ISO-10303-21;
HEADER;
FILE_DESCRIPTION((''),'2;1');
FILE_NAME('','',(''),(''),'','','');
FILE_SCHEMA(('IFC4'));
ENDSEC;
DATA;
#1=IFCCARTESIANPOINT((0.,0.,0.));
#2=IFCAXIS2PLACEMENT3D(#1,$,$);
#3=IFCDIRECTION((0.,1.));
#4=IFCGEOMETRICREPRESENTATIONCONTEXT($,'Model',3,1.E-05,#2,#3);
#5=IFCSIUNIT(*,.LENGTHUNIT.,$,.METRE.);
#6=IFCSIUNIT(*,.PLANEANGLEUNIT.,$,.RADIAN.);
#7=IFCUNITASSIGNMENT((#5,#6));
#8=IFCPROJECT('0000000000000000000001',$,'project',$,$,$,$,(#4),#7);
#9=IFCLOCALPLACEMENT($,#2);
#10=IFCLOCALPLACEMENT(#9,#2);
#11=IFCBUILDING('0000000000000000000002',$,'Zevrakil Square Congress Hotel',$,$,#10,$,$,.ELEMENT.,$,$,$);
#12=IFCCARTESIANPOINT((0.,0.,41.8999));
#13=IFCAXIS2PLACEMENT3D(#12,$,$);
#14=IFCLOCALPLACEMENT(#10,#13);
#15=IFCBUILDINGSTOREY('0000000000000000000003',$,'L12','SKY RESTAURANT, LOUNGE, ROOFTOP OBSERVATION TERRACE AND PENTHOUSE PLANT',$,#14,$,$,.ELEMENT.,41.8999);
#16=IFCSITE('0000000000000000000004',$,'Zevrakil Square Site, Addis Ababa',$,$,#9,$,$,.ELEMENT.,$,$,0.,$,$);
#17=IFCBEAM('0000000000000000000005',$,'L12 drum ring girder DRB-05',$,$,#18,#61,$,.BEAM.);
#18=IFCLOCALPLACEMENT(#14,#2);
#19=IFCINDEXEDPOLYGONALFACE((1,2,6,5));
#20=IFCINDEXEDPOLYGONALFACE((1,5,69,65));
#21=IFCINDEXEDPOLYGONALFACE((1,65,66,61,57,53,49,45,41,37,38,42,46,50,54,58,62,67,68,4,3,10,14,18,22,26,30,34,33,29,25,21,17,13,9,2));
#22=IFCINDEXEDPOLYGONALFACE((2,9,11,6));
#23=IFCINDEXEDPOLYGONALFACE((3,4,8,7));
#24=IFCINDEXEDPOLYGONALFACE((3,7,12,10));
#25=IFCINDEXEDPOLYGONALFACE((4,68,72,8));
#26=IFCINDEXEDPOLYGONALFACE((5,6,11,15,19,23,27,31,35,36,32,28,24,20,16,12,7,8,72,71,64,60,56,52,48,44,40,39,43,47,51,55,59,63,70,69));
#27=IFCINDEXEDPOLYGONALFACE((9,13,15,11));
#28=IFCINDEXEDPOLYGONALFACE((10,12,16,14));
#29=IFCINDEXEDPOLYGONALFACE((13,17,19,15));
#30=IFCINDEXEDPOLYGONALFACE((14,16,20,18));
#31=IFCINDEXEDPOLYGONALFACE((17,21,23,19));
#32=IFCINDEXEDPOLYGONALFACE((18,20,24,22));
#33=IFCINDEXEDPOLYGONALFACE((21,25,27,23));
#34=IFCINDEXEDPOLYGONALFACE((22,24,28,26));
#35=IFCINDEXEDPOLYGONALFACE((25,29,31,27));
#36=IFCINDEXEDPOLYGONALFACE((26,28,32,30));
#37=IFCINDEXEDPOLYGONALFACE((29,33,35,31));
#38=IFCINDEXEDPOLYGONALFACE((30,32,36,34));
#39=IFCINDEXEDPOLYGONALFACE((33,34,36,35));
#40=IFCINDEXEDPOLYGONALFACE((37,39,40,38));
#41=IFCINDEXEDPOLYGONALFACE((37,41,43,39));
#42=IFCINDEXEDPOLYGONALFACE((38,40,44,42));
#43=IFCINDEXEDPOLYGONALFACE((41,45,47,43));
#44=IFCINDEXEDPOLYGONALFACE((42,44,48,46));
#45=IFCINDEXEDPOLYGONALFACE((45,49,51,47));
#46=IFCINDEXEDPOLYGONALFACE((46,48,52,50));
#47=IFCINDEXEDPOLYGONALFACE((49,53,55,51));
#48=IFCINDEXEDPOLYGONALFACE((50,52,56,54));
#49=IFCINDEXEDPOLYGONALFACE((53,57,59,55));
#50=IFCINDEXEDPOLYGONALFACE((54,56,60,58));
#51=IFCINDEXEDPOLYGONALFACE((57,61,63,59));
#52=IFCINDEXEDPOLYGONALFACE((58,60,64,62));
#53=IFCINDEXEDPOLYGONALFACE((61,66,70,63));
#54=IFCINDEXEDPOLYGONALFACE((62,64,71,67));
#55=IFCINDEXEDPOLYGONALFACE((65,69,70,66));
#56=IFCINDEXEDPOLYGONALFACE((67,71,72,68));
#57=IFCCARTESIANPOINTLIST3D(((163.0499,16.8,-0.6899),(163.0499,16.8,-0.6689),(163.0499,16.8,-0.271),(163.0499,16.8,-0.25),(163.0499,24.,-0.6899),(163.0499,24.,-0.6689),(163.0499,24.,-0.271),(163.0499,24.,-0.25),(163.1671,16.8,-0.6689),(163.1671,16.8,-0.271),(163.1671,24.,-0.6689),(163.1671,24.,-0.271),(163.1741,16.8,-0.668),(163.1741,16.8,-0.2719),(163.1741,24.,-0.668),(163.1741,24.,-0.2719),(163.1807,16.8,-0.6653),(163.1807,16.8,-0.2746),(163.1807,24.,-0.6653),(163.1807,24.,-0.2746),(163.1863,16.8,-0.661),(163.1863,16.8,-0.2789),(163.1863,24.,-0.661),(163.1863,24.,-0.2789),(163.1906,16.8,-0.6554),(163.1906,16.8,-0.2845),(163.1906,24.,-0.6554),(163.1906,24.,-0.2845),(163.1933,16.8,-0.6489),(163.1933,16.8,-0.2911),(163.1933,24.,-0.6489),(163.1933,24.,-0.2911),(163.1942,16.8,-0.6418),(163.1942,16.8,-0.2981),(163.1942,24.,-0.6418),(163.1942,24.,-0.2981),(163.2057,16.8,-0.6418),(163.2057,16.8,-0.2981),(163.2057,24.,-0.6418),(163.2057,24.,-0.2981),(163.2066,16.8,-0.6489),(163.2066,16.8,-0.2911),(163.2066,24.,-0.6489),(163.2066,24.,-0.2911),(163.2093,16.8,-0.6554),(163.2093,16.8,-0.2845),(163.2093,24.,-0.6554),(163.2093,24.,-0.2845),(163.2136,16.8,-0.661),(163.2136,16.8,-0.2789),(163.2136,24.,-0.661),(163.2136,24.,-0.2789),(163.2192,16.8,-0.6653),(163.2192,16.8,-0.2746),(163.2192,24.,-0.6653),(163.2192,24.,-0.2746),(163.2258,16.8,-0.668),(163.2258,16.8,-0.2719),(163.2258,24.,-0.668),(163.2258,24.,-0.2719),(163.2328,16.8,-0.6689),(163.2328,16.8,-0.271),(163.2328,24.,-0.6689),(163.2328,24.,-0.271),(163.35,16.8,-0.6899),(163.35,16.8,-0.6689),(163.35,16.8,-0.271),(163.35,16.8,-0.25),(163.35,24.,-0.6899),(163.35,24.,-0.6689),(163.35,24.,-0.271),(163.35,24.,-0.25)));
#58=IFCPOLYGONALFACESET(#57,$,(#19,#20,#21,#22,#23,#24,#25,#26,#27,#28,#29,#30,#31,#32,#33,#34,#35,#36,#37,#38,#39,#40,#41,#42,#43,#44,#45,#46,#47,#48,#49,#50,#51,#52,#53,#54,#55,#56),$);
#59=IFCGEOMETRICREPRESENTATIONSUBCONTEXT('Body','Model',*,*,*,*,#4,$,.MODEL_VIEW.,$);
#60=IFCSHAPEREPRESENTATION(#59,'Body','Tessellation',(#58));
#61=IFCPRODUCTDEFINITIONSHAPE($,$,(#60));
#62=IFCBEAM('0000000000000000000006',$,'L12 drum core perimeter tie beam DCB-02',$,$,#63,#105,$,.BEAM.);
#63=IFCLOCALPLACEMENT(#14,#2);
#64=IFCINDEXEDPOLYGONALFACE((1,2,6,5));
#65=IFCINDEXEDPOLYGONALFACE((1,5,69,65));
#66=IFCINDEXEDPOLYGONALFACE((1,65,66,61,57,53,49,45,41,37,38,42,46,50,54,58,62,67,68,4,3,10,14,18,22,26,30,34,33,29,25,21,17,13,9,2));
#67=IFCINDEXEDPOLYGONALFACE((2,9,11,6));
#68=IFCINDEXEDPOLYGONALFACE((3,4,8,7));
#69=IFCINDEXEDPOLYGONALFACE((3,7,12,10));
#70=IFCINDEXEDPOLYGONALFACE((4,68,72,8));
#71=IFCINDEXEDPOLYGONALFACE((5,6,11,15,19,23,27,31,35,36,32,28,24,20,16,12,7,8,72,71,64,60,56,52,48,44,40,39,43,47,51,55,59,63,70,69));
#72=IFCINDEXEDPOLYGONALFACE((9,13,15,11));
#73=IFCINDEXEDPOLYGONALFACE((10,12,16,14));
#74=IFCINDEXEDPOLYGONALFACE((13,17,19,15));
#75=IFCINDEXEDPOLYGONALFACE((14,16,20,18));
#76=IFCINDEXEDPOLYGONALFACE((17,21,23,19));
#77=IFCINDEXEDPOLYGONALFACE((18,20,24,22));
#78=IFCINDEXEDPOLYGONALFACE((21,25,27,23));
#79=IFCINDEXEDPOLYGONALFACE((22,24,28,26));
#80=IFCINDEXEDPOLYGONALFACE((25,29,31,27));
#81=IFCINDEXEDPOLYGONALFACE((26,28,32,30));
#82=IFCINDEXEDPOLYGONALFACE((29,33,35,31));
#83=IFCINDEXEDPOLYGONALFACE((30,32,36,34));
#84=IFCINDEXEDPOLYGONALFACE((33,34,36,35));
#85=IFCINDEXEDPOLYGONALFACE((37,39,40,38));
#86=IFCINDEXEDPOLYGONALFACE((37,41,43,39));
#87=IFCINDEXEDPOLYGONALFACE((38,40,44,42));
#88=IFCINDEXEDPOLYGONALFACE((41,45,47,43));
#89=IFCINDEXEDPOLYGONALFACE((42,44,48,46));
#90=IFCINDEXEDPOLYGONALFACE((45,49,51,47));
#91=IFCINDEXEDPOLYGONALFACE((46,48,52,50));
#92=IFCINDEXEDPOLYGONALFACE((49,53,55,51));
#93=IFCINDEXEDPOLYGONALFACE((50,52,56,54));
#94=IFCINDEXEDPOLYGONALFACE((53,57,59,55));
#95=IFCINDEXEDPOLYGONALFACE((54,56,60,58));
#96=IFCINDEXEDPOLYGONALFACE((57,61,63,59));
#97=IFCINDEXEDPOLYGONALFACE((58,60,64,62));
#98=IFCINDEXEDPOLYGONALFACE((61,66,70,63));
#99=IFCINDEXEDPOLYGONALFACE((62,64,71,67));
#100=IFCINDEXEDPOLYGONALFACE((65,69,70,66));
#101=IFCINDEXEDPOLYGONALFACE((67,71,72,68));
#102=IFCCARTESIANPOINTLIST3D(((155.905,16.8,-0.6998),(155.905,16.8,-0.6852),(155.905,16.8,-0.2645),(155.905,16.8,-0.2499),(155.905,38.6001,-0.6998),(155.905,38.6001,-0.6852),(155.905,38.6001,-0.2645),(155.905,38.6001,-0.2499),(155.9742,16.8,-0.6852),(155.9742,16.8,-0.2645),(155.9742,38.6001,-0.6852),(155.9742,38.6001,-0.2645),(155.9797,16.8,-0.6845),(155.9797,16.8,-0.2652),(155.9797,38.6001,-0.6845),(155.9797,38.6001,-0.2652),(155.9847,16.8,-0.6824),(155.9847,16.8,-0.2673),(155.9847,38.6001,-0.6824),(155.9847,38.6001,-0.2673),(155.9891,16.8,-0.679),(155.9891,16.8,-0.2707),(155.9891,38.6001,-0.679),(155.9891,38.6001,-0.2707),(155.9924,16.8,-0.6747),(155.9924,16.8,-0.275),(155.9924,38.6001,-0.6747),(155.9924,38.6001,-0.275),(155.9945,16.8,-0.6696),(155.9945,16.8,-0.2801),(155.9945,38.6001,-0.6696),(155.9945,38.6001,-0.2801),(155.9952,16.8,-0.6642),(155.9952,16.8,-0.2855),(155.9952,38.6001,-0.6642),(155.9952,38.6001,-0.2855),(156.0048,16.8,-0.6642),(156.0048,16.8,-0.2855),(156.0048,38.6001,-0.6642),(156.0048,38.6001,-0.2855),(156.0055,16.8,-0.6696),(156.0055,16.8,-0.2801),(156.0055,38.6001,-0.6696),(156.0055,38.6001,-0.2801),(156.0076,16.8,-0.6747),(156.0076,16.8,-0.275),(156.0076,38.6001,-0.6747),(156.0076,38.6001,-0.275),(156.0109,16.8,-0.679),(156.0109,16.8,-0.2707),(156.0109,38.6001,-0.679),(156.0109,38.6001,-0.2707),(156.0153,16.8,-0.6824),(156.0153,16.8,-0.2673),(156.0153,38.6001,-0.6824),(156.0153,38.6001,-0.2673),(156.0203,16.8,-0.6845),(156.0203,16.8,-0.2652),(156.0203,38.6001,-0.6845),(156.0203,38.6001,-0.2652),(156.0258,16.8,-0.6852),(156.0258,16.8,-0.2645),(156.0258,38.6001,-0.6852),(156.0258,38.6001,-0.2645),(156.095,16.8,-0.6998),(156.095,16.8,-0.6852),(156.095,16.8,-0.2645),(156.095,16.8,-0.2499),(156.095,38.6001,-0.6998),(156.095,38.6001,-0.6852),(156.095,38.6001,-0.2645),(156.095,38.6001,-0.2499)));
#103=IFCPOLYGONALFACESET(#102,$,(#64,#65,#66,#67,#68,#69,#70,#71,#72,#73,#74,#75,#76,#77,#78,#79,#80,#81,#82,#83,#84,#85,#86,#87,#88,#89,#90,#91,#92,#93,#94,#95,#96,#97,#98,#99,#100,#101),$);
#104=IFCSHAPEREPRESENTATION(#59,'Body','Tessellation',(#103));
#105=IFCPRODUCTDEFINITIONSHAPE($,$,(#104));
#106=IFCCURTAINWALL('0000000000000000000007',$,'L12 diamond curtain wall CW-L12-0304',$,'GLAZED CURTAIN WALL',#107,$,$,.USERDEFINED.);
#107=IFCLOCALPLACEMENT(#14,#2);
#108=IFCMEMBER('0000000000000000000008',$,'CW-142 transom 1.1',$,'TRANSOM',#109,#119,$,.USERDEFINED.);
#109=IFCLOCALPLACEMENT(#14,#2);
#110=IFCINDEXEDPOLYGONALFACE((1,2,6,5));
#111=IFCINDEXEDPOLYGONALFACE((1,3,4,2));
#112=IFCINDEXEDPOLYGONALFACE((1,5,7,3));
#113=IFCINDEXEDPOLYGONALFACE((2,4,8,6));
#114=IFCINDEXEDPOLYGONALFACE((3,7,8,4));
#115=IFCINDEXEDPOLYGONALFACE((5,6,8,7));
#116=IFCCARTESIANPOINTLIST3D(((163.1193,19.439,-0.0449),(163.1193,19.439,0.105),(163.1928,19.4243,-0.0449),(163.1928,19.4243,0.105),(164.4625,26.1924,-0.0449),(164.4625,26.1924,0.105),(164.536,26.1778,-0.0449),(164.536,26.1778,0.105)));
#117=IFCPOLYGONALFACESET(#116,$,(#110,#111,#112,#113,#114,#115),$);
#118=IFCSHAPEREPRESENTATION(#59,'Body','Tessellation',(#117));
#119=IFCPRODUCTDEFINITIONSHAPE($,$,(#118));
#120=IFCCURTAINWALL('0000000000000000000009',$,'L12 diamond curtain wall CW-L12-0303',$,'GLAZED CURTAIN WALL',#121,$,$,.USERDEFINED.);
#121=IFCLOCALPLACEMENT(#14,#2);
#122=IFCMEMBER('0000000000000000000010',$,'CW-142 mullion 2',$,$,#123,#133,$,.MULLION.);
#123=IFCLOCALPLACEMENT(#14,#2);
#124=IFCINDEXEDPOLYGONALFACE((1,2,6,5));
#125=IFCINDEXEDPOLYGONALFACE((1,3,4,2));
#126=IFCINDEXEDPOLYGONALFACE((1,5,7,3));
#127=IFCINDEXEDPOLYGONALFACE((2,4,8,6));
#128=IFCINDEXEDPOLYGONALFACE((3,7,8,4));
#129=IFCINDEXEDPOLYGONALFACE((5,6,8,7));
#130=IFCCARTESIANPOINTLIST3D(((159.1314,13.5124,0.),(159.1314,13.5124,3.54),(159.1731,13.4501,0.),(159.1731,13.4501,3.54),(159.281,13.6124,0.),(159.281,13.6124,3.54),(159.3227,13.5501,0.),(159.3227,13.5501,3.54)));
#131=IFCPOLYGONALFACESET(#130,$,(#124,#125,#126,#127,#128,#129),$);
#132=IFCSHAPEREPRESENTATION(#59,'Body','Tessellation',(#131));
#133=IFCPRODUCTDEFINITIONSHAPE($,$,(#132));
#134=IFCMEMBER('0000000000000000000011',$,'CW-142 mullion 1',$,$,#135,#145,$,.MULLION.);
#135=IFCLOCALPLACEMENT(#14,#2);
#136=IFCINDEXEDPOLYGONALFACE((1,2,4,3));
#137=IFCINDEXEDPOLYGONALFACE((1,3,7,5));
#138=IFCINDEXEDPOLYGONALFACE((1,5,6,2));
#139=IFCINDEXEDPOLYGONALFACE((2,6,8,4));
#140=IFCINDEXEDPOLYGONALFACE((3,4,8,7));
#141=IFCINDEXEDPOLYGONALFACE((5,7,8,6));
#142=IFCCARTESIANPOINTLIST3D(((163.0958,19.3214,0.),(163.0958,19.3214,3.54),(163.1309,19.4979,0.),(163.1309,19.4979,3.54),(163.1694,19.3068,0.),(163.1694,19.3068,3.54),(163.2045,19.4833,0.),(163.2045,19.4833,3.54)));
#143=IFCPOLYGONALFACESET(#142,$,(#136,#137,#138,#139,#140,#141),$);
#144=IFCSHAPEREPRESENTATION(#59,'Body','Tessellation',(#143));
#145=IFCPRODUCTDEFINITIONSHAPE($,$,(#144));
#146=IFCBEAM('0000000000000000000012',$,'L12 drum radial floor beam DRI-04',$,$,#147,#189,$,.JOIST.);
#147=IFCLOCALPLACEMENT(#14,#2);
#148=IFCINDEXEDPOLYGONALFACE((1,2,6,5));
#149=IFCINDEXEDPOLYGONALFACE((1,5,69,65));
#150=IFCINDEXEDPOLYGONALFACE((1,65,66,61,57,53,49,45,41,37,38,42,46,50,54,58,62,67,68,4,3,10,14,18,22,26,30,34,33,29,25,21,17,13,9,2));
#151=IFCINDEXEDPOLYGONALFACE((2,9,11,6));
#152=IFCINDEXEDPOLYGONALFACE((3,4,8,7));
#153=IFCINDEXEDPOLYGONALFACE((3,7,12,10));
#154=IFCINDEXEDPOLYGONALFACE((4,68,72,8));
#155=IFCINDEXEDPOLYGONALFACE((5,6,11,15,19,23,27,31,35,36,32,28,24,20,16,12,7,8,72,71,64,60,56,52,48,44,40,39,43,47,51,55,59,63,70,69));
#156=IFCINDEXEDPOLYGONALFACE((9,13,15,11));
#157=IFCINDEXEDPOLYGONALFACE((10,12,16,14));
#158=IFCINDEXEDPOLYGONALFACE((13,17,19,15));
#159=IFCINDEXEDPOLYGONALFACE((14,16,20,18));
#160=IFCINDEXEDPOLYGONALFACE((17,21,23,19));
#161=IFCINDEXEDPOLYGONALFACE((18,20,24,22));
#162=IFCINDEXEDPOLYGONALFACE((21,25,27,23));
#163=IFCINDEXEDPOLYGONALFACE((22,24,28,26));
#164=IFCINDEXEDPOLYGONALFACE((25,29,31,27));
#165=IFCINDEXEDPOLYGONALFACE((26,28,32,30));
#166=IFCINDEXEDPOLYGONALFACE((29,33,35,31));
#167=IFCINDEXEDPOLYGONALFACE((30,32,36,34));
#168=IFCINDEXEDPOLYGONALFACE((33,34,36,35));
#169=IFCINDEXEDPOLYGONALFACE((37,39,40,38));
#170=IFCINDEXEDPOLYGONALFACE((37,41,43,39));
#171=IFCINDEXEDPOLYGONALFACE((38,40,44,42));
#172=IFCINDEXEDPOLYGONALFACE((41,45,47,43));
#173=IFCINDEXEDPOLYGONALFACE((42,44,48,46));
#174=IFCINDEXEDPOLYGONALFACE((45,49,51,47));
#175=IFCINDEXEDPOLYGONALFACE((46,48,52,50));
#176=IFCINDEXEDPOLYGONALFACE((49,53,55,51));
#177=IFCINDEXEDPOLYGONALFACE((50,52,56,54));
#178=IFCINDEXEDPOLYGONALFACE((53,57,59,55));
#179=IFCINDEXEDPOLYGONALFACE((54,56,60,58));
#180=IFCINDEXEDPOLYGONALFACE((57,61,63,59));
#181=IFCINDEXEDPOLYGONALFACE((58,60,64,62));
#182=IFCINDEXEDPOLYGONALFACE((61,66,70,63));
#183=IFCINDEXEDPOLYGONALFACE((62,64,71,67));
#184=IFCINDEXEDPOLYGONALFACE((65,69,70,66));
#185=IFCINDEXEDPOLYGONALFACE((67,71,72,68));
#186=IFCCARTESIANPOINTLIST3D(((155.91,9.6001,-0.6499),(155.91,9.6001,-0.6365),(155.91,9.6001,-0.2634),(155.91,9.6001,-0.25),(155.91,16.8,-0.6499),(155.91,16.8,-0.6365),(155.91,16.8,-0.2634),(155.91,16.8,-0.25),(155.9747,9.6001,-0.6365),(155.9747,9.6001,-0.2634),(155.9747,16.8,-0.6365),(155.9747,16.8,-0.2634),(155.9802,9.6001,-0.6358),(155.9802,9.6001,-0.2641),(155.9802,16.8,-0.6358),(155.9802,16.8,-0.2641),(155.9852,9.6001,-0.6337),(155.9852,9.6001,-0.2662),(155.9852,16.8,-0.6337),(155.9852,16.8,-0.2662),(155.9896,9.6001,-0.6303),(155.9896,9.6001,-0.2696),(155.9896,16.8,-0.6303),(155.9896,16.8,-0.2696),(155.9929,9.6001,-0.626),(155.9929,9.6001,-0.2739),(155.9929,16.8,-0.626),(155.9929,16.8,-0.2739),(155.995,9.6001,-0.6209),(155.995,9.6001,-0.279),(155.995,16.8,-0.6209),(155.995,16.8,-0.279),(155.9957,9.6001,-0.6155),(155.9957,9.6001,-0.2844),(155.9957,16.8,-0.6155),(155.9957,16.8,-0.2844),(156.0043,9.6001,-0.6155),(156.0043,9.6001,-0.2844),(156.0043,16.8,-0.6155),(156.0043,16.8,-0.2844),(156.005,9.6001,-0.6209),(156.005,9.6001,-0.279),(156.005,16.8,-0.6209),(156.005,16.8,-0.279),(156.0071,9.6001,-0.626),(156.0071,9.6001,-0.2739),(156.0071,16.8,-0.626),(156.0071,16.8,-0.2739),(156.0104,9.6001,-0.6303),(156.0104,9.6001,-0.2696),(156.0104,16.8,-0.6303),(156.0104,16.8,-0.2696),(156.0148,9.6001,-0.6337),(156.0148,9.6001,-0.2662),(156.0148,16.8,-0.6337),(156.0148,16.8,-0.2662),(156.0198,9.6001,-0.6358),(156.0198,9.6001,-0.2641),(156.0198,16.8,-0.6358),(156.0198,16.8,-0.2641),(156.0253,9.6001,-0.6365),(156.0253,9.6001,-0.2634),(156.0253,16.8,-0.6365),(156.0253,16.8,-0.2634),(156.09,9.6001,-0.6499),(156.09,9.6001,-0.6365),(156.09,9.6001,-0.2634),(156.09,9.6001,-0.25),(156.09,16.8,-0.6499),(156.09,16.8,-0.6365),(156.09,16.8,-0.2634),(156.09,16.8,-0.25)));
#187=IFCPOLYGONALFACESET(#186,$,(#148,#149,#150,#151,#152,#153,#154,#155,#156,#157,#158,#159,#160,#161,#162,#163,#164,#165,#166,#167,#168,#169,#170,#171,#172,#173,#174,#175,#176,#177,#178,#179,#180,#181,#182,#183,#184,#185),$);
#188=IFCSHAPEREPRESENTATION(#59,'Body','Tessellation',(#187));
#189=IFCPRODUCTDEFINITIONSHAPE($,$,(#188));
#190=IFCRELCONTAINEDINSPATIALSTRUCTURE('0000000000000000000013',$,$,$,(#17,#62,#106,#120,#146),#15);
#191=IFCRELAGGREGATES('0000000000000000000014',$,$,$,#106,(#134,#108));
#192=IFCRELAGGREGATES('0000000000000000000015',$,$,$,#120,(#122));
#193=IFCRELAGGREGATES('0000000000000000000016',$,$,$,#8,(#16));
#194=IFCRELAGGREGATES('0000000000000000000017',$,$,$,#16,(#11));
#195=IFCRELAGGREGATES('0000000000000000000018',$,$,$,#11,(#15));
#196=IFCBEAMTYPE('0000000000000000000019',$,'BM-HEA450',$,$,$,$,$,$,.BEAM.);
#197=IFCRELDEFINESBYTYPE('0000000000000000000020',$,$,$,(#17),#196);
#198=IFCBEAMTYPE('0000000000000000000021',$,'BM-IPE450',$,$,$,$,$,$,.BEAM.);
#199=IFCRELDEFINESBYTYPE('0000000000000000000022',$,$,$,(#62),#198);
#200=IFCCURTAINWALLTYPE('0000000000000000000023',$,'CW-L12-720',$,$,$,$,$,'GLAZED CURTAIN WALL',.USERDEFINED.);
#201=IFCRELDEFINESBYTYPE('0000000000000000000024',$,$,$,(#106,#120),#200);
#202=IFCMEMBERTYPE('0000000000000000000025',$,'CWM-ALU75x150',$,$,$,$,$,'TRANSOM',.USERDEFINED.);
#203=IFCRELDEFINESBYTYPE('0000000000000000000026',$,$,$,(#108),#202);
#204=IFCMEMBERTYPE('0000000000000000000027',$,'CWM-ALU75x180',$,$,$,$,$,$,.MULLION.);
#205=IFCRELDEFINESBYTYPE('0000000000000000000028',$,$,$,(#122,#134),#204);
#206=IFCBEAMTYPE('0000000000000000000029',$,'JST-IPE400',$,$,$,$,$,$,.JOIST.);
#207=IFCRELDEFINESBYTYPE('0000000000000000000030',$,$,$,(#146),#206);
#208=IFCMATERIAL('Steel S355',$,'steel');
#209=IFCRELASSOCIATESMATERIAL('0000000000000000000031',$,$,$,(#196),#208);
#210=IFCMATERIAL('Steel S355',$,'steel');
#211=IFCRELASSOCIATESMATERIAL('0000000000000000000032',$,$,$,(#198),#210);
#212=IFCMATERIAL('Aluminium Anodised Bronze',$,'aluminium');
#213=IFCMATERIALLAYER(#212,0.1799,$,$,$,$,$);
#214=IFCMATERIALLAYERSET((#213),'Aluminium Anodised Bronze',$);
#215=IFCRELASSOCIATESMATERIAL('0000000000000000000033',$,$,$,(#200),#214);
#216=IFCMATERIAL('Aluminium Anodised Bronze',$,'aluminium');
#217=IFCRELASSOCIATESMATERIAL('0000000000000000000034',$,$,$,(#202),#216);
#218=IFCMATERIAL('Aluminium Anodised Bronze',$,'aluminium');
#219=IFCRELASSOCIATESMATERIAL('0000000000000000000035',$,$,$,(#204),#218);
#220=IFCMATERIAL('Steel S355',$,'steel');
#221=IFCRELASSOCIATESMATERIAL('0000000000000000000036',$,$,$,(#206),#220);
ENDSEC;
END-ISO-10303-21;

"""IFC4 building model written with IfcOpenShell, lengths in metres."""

from ifc_helpers import new_model, si_unit, direction, frame, origin, origin_2d, place, context, subcontext, project, spatial, rectangle, i_section, extrude, material, layer, layer_set, material_profile, profile_set, type_object, element, aggregate, save


model = new_model("IFC4")

# Units and contexts
model_context = context("Model", 3, precision=1e-05, world=origin(), true_north=direction((0.0, 1.0)))
body_context = subcontext(model_context, "Body", "Model", "MODEL_VIEW")
ifc_project = project(units=[si_unit("LENGTHUNIT", "METRE"), si_unit("PLANEANGLEUNIT", "RADIAN")], contexts=[model_context])

# Site, building, storey
site_placement = place(None, origin())
site = spatial("IfcSite", under=ifc_project, at=site_placement, Name="Zevrakil Square Site, Addis Ababa", CompositionType="ELEMENT", RefElevation=0.0)
building_placement = place(site_placement, origin())
building = spatial("IfcBuilding", under=site, at=building_placement, Name="Zevrakil Square Congress Hotel", CompositionType="ELEMENT")
storey_placement = place(building_placement, frame((0.0, 0.0, 41.8999)))
storey = spatial("IfcBuildingStorey", under=building, at=storey_placement, Name="L12", Description="SKY RESTAURANT, LOUNGE, ROOFTOP OBSERVATION TERRACE AND PENTHOUSE PLANT", CompositionType="ELEMENT", Elevation=41.8999)

# Beams
ifc_material_1 = material(Name="Steel S355", Category="steel")
ifc_material_profile_1 = material_profile(ifc_material_1, i_section(OverallWidth=0.3, OverallDepth=0.4399, WebThickness=0.0115, FlangeThickness=0.021, FilletRadius=0.0271, at=origin_2d()), Name="HEA 450")
ifc_profile_set_1 = profile_set([ifc_material_profile_1], Name="Steel S355")
beam_type_1 = type_object("IfcBeamType", Name="BM-HEA450", PredefinedType="BEAM", material=ifc_profile_set_1)
beam_1_placement = place(storey_placement, frame((163.2, 16.8, -0.47), z_axis=(0.0, 1.0, 0.0), x_axis=(-1.0, 0.0, 0.0)))
element("IfcBeam", 1, at=beam_1_placement, inside=storey, type_object=beam_type_1, Name="L12 drum ring girder DRB-05", PredefinedType="BEAM", context=body_context, shape_type="SweptSolid", body=[
    extrude(i_section(OverallWidth=0.3, OverallDepth=0.4399, WebThickness=0.0115, FlangeThickness=0.021, FilletRadius=0.0271, at=origin_2d()), origin(), (0.0, 0.0, 1.0), 7.2),
])
ifc_material_2 = material(Name="Steel S355", Category="steel")
ifc_material_profile_2 = material_profile(ifc_material_2, i_section(OverallWidth=0.1899, OverallDepth=0.45, WebThickness=0.0095, FlangeThickness=0.0146, FilletRadius=0.021, at=origin_2d()), Name="IPE 450")
ifc_profile_set_2 = profile_set([ifc_material_profile_2], Name="Steel S355")
beam_type_2 = type_object("IfcBeamType", Name="BM-IPE450", PredefinedType="BEAM", material=ifc_profile_set_2)
beam_2_placement = place(storey_placement, frame((156.0, 16.8, -0.4749), z_axis=(0.0, 1.0, 0.0), x_axis=(-1.0, 0.0, 0.0)))
element("IfcBeam", 2, at=beam_2_placement, inside=storey, type_object=beam_type_2, Name="L12 drum core perimeter tie beam DCB-02", PredefinedType="BEAM", context=body_context, shape_type="SweptSolid", body=[
    extrude(i_section(OverallWidth=0.1899, OverallDepth=0.45, WebThickness=0.0095, FlangeThickness=0.0146, FilletRadius=0.021, at=origin_2d()), origin(), (0.0, 0.0, 1.0), 21.8),
])

# Curtain walls, members
ifc_material_3 = material(Name="Aluminium Anodised Bronze", Category="aluminium")
ifc_layer_1 = layer(ifc_material_3, 0.1799)
ifc_layer_set_1 = layer_set([ifc_layer_1], Name="Aluminium Anodised Bronze")
curtain_wall_type = type_object("IfcCurtainWallType", Name="CW-L12-720", ElementType="GLAZED CURTAIN WALL", PredefinedType="USERDEFINED", material=ifc_layer_set_1)
curtain_wall_1_placement = place(storey_placement, origin())
curtain_wall_1 = element("IfcCurtainWall", 3, at=curtain_wall_1_placement, inside=storey, type_object=curtain_wall_type, Name="L12 diamond curtain wall CW-L12-0304", ObjectType="GLAZED CURTAIN WALL", PredefinedType="USERDEFINED")
ifc_material_4 = material(Name="Aluminium Anodised Bronze", Category="aluminium")
ifc_material_profile_3 = material_profile(ifc_material_4, rectangle(XDim=0.075, YDim=0.1499, at=origin_2d()), Name="ALU 75x150")
ifc_profile_set_3 = profile_set([ifc_material_profile_3], Name="Aluminium Anodised Bronze")
member_type_1 = type_object("IfcMemberType", Name="CWM-ALU75x150", ElementType="TRANSOM", PredefinedType="USERDEFINED", material=ifc_profile_set_3)
member_1_placement = place(storey_placement, frame((163.156, 19.4316, 0.03), z_axis=(0.19508, 0.980787, 0.0), x_axis=(-0.980787, 0.19508, 0.0)))
member_1 = element("IfcMember", 4, at=member_1_placement, type_object=member_type_1, Name="CW-142 transom 1.1", ObjectType="TRANSOM", PredefinedType="USERDEFINED", context=body_context, shape_type="SweptSolid", body=[
    extrude(rectangle(XDim=0.075, YDim=0.1499, at=origin_2d()), origin(), (0.0, 0.0, 1.0), 6.8857),
])
curtain_wall_2_placement = place(storey_placement, origin())
curtain_wall_2 = element("IfcCurtainWall", 5, at=curtain_wall_2_placement, inside=storey, type_object=curtain_wall_type, Name="L12 diamond curtain wall CW-L12-0303", ObjectType="GLAZED CURTAIN WALL", PredefinedType="USERDEFINED")
ifc_material_5 = material(Name="Aluminium Anodised Bronze", Category="aluminium")
ifc_material_profile_4 = material_profile(ifc_material_5, rectangle(XDim=0.075, YDim=0.1799, at=origin_2d()), Name="ALU 75x180")
ifc_profile_set_4 = profile_set([ifc_material_profile_4], Name="Aluminium Anodised Bronze")
member_type_2 = type_object("IfcMemberType", Name="CWM-ALU75x180", PredefinedType="MULLION", material=ifc_profile_set_4)
member_2_placement = place(storey_placement, frame((159.2271, 13.5312, 0.0), z_axis=(0.0, 0.0, 1.0), x_axis=(-0.555576, 0.831466, 0.0)))
member_2 = element("IfcMember", 6, at=member_2_placement, type_object=member_type_2, Name="CW-142 mullion 2", PredefinedType="MULLION", context=body_context, shape_type="SweptSolid", body=[
    extrude(rectangle(XDim=0.075, YDim=0.1799, at=origin_2d()), origin(), (0.0, 0.0, 1.0), 3.54),
])

# Member
member_3_placement = place(storey_placement, frame((163.1501, 19.4023, 0.0), z_axis=(0.0, 0.0, 1.0), x_axis=(-0.980787, 0.195084, 0.0)))
member_3 = element("IfcMember", 7, at=member_3_placement, type_object=member_type_2, Name="CW-142 mullion 1", PredefinedType="MULLION", context=body_context, shape_type="SweptSolid", body=[
    extrude(rectangle(XDim=0.075, YDim=0.1799, at=origin_2d()), origin(), (0.0, 0.0, 1.0), 3.54),
])
aggregate(curtain_wall_1, [member_3, member_1])

# Beam
ifc_material_6 = material(Name="Steel S355", Category="steel")
ifc_material_profile_5 = material_profile(ifc_material_6, i_section(OverallWidth=0.1799, OverallDepth=0.3999, WebThickness=0.0085, FlangeThickness=0.0134, FilletRadius=0.021, at=origin_2d()), Name="IPE 400")
ifc_profile_set_5 = profile_set([ifc_material_profile_5], Name="Steel S355")
beam_type_3 = type_object("IfcBeamType", Name="JST-IPE400", PredefinedType="JOIST", material=ifc_profile_set_5)
beam_3_placement = place(storey_placement, frame((156.0, 16.8, -0.45), z_axis=(0.0, -1.0, 0.0), x_axis=(1.0, 0.0, 0.0)))
element("IfcBeam", 8, at=beam_3_placement, inside=storey, type_object=beam_type_3, Name="L12 drum radial floor beam DRI-04", PredefinedType="JOIST", context=body_context, shape_type="SweptSolid", body=[
    extrude(i_section(OverallWidth=0.1799, OverallDepth=0.3999, WebThickness=0.0085, FlangeThickness=0.0134, FilletRadius=0.021, at=origin_2d()), origin(), (0.0, 0.0, 1.0), 7.2),
])

aggregate(curtain_wall_2, [member_2])

save(model, "model.ifc")
